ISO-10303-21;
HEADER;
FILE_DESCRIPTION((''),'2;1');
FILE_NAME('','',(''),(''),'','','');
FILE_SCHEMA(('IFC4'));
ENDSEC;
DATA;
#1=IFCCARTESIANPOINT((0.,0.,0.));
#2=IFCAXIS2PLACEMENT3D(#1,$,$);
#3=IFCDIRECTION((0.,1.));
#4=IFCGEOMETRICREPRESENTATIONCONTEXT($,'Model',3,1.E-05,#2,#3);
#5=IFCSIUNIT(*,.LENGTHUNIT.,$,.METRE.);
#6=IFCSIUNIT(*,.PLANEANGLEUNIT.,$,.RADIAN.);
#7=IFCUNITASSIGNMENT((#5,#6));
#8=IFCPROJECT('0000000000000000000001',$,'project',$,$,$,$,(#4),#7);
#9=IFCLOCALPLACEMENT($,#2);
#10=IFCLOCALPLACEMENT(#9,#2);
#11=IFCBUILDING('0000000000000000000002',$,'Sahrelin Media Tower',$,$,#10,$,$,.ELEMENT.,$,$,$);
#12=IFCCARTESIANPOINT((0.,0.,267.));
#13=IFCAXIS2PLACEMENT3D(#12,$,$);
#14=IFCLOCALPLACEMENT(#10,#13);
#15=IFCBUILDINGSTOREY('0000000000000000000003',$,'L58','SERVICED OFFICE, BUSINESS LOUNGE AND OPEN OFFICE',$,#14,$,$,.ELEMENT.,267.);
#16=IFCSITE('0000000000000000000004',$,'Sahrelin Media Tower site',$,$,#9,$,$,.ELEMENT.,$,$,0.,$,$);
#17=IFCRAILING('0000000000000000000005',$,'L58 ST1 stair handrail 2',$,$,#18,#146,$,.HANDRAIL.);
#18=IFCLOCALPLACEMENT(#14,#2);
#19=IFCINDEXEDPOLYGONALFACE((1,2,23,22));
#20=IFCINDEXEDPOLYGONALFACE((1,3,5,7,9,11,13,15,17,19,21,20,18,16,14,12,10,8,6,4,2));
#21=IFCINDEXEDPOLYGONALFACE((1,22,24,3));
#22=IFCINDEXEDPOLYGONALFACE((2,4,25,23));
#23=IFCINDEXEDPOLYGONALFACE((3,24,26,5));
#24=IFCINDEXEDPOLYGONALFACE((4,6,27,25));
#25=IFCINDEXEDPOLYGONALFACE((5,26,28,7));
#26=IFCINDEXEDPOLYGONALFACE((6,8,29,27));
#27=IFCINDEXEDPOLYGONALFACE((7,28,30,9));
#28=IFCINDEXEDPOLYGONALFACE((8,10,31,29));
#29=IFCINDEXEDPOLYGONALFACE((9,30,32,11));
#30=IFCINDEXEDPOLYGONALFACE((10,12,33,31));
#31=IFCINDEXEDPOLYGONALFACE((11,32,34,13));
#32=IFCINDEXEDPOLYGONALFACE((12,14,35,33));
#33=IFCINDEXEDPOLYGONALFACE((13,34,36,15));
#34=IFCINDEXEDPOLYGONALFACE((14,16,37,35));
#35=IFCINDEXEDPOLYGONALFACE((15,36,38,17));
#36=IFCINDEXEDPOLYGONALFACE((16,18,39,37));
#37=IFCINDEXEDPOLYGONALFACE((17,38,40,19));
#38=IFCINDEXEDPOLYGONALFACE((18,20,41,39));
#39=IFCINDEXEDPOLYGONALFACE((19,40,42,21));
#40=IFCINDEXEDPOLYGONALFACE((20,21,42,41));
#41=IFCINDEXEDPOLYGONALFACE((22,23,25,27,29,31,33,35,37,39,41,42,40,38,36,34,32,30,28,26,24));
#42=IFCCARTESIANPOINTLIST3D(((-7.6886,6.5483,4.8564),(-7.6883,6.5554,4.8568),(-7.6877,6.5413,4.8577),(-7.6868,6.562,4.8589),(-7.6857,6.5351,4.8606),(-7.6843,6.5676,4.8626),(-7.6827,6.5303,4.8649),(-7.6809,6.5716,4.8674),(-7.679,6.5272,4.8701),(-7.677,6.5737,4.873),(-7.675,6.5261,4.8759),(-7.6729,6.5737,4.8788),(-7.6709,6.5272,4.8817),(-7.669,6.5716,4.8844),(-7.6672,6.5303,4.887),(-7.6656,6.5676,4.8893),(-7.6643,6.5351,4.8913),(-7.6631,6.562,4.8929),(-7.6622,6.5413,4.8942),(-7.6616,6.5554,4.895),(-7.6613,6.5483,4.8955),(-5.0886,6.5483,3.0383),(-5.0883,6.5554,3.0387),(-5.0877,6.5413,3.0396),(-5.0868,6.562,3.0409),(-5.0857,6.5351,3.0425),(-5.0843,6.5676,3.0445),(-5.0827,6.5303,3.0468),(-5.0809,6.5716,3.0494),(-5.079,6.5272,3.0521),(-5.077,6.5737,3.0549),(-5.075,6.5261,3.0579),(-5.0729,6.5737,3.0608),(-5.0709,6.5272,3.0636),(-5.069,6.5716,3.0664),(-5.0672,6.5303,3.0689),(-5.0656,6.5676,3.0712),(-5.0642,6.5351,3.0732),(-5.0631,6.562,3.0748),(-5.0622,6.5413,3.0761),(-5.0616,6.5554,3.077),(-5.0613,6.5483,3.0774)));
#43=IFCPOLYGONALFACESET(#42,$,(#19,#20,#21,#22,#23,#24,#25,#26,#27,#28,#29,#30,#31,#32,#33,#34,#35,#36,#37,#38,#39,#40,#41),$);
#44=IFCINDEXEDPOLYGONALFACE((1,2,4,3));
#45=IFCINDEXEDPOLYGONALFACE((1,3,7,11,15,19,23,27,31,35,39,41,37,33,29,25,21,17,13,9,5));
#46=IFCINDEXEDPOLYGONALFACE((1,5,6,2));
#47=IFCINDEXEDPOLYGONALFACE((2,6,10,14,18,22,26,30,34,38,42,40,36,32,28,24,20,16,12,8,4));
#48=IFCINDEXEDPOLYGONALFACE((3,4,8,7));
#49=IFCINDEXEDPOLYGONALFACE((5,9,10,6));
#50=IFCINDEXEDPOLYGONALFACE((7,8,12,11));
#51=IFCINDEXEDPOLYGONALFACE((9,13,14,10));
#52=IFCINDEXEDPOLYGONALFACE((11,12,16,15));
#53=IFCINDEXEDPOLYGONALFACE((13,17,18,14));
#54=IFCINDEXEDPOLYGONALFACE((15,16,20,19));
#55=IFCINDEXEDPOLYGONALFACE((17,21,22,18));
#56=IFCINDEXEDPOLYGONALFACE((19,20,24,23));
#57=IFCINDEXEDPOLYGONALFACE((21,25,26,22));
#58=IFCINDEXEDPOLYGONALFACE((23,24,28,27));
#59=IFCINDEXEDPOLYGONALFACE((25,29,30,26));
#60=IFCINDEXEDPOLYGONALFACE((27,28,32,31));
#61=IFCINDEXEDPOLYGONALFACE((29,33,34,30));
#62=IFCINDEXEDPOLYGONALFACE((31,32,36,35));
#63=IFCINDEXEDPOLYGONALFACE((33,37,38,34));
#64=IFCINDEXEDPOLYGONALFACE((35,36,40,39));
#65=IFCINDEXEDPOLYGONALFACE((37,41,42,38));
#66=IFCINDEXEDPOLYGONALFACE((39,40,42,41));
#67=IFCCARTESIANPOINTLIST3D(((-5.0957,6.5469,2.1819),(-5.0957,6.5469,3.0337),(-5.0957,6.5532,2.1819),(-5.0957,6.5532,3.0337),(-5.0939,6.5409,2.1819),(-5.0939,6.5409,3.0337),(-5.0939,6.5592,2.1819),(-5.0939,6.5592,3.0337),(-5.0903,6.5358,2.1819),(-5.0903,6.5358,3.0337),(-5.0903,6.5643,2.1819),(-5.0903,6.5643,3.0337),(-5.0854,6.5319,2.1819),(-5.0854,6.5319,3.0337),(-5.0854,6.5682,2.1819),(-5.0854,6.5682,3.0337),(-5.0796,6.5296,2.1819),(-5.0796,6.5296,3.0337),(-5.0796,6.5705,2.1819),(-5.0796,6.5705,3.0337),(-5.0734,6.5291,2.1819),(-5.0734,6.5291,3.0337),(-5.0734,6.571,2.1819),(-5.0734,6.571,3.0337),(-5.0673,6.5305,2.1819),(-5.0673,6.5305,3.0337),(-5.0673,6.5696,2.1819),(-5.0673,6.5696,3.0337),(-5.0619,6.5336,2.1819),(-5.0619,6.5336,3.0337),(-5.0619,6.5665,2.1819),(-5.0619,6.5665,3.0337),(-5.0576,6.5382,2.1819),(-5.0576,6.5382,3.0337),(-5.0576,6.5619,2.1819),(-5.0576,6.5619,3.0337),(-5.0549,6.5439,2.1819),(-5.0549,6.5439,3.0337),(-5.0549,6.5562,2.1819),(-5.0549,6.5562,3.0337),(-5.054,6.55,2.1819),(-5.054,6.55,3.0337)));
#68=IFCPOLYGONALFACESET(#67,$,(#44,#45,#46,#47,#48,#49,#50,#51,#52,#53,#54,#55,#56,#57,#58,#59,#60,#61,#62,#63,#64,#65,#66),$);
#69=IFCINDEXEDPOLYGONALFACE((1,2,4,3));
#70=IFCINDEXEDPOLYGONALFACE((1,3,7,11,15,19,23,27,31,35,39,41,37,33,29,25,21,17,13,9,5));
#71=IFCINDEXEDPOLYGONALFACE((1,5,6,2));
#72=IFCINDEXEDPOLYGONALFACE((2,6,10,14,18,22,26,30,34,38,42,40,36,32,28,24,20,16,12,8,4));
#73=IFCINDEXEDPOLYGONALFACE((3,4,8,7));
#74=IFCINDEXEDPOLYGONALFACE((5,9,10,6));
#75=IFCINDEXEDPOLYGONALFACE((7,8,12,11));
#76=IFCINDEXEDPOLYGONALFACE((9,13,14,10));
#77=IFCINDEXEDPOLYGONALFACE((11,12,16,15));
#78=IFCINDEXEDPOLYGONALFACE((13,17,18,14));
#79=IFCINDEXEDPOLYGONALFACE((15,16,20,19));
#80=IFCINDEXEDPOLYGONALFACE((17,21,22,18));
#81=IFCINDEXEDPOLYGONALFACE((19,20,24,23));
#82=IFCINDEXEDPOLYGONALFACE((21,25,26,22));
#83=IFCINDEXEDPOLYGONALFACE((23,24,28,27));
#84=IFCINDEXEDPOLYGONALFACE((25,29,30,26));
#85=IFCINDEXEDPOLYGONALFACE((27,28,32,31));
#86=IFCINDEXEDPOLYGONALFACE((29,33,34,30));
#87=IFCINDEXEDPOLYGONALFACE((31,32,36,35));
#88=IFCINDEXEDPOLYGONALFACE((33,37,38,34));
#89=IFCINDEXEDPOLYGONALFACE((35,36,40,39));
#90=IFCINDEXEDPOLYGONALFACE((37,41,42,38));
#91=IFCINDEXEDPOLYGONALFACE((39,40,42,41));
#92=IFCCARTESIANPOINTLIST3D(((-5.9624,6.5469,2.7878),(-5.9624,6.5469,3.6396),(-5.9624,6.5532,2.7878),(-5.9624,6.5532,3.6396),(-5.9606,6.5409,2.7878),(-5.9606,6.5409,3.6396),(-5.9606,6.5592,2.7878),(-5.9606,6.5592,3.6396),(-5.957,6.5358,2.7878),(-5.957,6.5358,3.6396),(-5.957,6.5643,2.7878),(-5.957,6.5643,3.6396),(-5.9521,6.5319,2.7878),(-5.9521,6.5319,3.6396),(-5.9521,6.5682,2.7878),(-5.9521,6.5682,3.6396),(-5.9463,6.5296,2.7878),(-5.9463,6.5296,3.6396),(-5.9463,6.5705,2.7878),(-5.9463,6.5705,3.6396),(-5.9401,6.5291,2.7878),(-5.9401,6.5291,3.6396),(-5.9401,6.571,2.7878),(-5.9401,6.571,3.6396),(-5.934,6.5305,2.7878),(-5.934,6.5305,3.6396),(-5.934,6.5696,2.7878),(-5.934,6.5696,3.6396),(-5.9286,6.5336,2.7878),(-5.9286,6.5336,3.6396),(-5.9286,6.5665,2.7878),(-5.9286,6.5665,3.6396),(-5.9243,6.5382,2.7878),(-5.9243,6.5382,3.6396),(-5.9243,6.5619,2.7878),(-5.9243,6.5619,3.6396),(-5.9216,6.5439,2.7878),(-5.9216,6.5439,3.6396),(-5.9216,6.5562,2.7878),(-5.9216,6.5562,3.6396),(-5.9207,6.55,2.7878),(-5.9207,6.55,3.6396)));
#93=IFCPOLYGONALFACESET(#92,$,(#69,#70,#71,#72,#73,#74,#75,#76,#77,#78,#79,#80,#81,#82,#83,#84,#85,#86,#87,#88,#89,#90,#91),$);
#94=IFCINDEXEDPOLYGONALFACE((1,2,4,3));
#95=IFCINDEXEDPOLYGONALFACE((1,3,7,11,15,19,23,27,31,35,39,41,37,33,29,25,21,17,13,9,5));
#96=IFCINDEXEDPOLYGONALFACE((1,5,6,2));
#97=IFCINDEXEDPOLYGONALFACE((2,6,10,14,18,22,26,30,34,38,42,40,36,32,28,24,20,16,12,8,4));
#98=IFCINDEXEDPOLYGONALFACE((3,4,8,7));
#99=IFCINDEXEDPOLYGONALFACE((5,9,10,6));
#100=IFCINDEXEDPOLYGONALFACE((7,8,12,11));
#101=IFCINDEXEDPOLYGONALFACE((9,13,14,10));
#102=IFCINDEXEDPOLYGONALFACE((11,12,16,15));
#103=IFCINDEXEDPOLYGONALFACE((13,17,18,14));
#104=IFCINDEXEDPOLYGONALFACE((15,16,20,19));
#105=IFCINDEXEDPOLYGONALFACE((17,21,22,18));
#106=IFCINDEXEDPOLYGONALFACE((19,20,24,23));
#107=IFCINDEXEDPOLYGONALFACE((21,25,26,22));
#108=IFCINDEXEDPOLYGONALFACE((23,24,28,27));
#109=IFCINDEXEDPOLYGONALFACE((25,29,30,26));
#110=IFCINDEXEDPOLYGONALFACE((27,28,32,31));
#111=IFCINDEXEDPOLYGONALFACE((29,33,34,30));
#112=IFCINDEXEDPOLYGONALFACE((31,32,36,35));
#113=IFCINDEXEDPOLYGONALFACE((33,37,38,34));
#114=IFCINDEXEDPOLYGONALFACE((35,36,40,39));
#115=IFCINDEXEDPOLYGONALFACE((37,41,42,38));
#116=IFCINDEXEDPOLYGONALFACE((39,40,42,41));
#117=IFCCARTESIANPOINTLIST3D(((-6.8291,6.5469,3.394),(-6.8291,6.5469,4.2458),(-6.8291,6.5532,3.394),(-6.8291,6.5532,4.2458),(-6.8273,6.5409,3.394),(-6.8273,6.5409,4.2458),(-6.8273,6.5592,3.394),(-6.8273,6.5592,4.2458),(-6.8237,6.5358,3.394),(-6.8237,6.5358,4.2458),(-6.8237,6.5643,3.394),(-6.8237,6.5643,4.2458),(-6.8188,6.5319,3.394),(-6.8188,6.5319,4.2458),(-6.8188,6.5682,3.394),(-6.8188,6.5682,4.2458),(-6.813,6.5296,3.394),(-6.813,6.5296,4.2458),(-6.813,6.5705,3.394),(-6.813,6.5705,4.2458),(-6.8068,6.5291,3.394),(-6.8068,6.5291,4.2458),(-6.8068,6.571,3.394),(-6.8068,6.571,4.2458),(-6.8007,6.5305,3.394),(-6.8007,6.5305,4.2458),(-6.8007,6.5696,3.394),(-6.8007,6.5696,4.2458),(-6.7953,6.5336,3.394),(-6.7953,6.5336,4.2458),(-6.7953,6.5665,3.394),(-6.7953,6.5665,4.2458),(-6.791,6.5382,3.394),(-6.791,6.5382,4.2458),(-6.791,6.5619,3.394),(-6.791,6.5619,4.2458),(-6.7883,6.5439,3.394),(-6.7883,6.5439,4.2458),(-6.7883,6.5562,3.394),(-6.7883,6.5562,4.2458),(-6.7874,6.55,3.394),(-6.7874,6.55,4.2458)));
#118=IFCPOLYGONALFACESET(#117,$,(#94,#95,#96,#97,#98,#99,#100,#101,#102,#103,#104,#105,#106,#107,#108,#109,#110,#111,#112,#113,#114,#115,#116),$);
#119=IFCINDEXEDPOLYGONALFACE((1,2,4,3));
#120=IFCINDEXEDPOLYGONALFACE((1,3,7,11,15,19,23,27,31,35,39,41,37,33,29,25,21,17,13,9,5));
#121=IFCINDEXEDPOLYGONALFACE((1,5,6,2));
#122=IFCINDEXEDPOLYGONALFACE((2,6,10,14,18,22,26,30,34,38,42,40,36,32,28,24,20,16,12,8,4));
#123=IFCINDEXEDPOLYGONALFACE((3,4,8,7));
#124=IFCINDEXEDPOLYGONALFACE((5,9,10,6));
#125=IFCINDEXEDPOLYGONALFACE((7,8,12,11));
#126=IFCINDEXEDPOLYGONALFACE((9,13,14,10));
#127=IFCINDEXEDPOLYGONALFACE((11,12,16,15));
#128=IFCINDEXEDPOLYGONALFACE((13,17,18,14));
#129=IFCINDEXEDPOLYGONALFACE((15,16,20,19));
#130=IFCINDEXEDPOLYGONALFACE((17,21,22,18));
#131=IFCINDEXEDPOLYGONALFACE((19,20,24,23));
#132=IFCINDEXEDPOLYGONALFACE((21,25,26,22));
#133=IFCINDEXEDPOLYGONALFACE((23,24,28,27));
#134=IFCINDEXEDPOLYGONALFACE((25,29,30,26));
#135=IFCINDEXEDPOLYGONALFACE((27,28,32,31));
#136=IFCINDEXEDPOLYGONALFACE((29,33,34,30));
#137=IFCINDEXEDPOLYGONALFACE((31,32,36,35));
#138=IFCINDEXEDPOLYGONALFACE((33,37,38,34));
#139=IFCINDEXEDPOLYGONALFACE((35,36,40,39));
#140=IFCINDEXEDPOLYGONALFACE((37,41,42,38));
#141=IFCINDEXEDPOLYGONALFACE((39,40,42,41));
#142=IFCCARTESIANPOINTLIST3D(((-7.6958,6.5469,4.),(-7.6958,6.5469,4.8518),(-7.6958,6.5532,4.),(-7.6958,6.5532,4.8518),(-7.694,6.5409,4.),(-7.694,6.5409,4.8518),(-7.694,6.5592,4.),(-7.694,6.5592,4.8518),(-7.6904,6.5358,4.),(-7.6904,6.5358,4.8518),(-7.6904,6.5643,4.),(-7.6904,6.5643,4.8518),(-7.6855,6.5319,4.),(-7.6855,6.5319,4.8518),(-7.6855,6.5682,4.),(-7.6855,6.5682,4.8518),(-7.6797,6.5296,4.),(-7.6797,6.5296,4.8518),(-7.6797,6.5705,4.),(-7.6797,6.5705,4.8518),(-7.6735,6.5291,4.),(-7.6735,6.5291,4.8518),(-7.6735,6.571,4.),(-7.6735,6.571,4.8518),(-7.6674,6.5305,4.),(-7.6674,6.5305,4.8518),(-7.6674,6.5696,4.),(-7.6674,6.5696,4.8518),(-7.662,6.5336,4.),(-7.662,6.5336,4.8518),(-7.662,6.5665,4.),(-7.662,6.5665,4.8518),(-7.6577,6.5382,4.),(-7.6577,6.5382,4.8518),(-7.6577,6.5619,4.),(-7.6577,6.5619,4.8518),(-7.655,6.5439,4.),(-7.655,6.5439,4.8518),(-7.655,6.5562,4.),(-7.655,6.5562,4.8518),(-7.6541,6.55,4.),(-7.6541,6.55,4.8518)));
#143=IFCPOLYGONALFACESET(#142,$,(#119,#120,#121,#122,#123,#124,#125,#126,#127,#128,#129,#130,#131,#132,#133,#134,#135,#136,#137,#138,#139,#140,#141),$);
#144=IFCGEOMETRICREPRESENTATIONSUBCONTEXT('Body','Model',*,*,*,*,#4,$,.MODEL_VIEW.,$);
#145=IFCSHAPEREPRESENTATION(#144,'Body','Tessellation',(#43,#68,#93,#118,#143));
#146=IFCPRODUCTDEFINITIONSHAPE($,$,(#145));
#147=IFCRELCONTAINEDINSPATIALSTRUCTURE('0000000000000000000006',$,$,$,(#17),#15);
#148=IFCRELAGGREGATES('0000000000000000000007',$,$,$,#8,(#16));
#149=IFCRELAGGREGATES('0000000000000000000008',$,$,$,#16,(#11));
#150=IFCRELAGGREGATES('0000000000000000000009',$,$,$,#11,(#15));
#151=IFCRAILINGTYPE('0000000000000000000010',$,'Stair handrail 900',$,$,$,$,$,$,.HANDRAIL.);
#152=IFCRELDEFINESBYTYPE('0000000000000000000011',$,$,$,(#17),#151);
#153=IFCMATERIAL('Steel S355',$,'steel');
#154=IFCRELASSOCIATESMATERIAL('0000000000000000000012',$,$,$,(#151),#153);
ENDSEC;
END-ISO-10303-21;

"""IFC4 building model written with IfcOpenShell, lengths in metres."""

from ifc_helpers import new_model, si_unit, direction, frame, origin, origin_2d, place, context, subcontext, project, spatial, circle, extrude, material, type_object, element, save


model = new_model("IFC4")

# Units and contexts
model_context = context("Model", 3, precision=1e-05, world=origin(), true_north=direction((0.0, 1.0)))
body_context = subcontext(model_context, "Body", "Model", "MODEL_VIEW")
ifc_project = project(units=[si_unit("LENGTHUNIT", "METRE"), si_unit("PLANEANGLEUNIT", "RADIAN")], contexts=[model_context])

# Site, building, storey
site_placement = place(None, origin())
site = spatial("IfcSite", under=ifc_project, at=site_placement, Name="Sahrelin Media Tower site", CompositionType="ELEMENT", RefElevation=0.0)
building_placement = place(site_placement, origin())
building = spatial("IfcBuilding", under=site, at=building_placement, Name="Sahrelin Media Tower", CompositionType="ELEMENT")
storey_placement = place(building_placement, frame((0.0, 0.0, 267.0)))
storey = spatial("IfcBuildingStorey", under=building, at=storey_placement, Name="L58", Description="SERVICED OFFICE, BUSINESS LOUNGE AND OPEN OFFICE", CompositionType="ELEMENT", Elevation=267.0)

# Shared definitions
ifc_material_1 = material(Name="Steel S355", Category="steel")

# Railing
railing_type_1 = type_object("IfcRailingType", Name="Stair handrail 900", PredefinedType="HANDRAIL", material=ifc_material_1)
railing_1_placement = place(storey_placement, frame((-5.075, 6.55, 2.1819)))
element("IfcRailing", 1, at=railing_1_placement, inside=storey, type_object=railing_type_1, Name="L58 ST1 stair handrail 2", PredefinedType="HANDRAIL", context=body_context, shape_type="SweptSolid", body=[
    extrude(circle(Radius=0.0239, at=origin_2d()), frame((0.0, 0.0, 0.876), z_axis=(-0.819521, 0.0, 0.573049), x_axis=(0.0, -1.0, 0.0)), (0.0, 0.0, 1.0), 3.1726),
    extrude(circle(Radius=0.021, at=origin_2d()), origin(), (0.0, 0.0, 1.0), 0.8518),
    extrude(circle(Radius=0.021, at=origin_2d()), frame((-0.8667, 0.0, 0.606)), (0.0, 0.0, 1.0), 0.8518),
    extrude(circle(Radius=0.021, at=origin_2d()), frame((-1.7334, 0.0, 1.2122)), (0.0, 0.0, 1.0), 0.8518),
    extrude(circle(Radius=0.021, at=origin_2d()), frame((-2.6001, 0.0, 1.8181)), (0.0, 0.0, 1.0), 0.8518),
])

save(model, "model.ifc")
